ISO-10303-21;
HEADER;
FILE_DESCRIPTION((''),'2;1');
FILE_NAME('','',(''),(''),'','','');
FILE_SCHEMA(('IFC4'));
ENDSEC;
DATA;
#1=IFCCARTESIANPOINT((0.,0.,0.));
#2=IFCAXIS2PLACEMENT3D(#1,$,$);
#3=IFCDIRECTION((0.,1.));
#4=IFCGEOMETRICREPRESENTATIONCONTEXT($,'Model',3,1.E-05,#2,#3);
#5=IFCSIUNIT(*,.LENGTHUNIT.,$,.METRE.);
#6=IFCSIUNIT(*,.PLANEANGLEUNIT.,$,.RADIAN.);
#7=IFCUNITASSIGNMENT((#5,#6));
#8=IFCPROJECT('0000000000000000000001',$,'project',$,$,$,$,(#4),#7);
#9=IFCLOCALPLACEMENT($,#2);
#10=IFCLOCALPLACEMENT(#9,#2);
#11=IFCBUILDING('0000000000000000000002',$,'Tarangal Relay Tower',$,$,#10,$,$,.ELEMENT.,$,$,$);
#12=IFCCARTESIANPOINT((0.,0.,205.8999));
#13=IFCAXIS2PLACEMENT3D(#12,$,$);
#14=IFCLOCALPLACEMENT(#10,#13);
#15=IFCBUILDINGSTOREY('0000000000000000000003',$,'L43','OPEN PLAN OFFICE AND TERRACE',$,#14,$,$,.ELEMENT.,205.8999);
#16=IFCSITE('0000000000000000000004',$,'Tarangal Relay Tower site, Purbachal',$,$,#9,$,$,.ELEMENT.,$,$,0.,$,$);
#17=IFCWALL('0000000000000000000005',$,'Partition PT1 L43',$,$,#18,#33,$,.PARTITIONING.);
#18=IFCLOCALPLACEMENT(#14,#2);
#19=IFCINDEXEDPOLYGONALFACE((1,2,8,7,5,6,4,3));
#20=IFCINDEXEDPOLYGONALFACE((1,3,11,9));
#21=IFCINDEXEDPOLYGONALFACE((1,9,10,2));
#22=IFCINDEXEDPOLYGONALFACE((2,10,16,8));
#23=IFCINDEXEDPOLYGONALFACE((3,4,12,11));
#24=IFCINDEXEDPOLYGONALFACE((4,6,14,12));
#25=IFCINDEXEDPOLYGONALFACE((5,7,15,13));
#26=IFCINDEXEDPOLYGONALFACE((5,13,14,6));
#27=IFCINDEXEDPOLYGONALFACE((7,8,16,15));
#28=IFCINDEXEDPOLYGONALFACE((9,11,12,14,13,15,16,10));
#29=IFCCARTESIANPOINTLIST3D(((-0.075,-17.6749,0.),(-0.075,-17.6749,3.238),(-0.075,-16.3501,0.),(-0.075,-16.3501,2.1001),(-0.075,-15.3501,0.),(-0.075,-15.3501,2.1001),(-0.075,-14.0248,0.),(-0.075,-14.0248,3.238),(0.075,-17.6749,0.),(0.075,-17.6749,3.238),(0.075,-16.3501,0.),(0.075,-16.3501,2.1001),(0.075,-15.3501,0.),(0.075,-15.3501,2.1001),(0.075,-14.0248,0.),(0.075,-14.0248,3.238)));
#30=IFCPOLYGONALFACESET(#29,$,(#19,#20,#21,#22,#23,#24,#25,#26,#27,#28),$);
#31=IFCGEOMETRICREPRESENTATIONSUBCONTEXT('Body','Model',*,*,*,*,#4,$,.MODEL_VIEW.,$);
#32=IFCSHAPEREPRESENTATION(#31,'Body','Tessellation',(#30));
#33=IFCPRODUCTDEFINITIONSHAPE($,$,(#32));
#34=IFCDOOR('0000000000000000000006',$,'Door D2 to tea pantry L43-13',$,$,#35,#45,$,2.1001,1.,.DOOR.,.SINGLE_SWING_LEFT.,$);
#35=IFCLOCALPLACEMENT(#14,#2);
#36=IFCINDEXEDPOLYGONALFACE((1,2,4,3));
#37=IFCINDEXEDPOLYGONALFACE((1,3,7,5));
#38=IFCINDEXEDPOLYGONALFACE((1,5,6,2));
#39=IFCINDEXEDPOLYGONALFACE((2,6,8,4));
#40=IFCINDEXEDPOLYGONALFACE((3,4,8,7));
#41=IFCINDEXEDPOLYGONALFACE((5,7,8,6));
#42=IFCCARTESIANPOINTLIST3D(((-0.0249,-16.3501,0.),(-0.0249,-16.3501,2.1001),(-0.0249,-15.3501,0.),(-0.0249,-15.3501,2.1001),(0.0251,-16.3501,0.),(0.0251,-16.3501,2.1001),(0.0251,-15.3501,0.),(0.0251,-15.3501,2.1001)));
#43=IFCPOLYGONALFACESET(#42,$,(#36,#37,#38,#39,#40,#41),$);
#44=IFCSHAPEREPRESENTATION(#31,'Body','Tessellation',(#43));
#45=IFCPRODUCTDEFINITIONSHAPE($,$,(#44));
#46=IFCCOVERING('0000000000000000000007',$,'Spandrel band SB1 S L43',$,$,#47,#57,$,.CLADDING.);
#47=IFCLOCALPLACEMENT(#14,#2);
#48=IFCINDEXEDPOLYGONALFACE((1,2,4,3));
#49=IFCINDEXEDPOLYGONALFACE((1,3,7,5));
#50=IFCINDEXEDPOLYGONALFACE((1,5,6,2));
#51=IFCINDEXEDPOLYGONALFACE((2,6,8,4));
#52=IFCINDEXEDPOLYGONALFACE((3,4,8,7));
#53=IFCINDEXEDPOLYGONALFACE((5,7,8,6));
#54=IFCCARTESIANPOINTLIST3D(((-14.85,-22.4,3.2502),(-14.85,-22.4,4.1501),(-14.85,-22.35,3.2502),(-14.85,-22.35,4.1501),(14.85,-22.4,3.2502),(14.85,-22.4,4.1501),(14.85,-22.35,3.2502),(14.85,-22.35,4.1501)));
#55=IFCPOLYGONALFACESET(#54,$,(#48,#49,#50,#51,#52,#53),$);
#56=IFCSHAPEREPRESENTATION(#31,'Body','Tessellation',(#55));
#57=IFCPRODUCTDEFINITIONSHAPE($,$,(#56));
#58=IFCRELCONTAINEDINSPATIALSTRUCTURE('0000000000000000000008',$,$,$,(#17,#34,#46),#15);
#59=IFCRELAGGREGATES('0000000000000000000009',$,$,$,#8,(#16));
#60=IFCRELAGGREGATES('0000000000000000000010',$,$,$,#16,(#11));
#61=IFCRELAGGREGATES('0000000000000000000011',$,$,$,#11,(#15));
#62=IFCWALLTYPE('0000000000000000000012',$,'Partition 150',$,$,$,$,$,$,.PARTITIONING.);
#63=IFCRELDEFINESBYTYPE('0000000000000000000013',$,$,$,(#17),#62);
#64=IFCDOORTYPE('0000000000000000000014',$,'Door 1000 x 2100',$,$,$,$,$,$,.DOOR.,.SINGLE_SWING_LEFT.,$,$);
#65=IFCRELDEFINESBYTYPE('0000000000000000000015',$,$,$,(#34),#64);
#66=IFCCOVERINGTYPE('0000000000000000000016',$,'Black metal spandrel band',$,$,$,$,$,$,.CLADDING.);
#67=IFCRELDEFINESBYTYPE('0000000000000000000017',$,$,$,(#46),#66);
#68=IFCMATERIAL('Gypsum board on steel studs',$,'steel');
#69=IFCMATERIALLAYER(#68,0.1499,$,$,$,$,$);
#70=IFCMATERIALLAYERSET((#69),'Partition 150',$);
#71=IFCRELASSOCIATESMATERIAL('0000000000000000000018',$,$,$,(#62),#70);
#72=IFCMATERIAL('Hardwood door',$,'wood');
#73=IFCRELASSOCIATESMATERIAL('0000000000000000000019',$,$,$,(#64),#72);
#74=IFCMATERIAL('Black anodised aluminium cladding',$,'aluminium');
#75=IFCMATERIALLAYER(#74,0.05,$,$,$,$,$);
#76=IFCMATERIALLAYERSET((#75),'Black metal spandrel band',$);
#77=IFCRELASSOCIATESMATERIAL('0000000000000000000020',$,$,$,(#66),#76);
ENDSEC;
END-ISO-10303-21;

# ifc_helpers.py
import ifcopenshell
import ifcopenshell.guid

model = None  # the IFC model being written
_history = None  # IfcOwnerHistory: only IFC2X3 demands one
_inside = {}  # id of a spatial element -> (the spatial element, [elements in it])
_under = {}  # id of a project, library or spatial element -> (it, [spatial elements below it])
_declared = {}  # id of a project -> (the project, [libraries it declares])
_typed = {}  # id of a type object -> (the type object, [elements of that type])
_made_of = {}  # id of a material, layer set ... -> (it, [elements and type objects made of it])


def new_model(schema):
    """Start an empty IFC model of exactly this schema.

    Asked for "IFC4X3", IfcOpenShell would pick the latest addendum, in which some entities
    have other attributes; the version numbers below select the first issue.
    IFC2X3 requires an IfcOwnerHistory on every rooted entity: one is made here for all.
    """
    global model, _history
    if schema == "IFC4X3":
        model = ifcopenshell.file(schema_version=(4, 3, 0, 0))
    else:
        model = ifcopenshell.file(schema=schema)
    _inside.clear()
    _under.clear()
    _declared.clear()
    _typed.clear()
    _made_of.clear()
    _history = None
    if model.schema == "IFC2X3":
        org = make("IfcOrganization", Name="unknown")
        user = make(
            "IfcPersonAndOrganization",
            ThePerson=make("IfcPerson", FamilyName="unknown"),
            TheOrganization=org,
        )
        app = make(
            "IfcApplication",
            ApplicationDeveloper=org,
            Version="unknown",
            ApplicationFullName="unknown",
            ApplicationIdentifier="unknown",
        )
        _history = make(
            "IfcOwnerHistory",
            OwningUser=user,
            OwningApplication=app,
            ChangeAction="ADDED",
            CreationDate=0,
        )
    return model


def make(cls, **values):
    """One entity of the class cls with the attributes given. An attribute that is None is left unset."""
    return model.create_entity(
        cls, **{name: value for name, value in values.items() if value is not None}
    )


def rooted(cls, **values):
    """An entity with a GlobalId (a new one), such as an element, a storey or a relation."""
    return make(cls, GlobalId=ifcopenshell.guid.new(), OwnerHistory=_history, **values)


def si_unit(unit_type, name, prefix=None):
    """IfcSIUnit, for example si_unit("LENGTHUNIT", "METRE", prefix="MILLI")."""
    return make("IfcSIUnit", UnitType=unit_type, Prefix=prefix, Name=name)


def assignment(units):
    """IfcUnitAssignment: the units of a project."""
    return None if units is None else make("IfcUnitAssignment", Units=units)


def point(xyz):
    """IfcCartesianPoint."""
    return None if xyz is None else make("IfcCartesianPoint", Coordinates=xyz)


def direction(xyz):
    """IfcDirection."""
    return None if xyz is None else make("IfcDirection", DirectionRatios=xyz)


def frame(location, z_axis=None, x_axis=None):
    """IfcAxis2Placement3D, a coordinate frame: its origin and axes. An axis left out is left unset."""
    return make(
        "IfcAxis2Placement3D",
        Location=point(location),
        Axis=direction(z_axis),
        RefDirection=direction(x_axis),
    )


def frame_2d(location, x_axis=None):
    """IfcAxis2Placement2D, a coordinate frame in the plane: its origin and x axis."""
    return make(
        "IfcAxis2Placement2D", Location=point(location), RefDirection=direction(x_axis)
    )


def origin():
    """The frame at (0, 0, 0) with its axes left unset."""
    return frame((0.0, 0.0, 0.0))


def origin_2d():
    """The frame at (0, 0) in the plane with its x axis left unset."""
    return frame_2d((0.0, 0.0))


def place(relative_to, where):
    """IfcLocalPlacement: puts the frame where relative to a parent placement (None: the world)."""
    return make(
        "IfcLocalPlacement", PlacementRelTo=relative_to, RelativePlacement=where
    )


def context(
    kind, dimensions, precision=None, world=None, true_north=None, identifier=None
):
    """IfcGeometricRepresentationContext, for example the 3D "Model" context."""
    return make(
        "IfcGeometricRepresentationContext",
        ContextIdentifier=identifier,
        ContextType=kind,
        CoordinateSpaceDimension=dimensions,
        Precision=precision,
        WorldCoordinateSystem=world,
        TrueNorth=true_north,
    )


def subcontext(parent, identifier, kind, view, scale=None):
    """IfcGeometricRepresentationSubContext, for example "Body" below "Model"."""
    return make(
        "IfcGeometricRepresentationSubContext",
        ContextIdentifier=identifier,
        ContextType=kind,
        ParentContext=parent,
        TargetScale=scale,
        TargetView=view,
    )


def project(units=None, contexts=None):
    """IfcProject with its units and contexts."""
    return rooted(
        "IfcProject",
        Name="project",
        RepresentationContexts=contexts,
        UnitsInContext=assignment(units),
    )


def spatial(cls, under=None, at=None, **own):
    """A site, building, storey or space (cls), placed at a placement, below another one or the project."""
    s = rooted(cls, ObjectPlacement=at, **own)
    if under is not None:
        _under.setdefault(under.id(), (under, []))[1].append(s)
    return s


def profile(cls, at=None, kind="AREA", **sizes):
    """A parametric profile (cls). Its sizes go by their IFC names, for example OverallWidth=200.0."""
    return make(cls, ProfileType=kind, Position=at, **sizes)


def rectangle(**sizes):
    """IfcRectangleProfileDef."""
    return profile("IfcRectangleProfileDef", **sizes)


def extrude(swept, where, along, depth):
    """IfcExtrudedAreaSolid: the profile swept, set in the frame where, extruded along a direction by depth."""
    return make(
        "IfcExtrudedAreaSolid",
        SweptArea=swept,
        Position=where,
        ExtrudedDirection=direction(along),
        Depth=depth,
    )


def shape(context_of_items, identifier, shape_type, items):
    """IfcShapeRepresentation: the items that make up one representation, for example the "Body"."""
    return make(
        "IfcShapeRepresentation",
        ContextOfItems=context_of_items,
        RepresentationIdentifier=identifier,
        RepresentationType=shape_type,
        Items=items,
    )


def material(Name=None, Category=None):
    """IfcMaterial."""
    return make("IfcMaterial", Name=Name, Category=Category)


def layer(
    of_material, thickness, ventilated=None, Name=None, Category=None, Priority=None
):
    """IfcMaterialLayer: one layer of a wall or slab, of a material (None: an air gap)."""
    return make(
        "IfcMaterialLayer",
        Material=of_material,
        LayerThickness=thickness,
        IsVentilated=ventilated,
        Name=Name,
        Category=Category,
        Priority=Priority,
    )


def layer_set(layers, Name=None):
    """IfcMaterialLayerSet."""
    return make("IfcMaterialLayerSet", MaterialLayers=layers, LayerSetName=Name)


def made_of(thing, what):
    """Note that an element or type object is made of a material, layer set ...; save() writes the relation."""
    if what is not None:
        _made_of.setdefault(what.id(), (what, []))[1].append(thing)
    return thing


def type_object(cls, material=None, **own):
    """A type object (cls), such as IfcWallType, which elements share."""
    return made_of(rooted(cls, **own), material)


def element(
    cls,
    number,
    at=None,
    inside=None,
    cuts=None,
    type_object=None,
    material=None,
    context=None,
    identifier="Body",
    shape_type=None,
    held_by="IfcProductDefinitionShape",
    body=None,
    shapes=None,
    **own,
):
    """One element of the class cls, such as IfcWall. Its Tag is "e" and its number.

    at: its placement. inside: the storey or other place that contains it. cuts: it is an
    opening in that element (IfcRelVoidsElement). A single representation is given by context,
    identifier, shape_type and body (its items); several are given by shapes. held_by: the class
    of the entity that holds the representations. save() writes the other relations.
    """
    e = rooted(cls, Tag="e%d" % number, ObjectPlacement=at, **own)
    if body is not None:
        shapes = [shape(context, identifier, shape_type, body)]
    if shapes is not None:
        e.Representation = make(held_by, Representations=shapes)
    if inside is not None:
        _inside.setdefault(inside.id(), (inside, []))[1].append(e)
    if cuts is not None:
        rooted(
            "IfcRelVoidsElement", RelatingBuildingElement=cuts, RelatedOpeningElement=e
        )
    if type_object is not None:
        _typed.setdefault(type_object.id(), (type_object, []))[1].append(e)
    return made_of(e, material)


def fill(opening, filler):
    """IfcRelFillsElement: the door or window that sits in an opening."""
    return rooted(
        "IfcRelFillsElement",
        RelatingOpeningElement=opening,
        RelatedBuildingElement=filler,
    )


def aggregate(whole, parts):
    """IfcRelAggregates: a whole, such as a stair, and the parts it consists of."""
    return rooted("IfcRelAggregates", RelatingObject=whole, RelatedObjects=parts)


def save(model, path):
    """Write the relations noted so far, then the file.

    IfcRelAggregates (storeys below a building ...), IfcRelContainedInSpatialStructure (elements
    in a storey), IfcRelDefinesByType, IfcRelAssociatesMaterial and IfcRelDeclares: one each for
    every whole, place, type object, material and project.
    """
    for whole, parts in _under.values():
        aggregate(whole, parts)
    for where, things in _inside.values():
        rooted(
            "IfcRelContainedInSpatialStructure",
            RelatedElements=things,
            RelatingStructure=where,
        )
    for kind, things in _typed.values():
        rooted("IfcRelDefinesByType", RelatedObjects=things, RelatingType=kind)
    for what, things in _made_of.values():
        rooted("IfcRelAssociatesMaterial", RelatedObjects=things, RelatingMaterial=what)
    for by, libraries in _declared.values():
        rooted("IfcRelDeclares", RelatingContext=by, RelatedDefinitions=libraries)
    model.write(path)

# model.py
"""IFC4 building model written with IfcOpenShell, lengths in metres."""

from ifc_helpers import new_model, si_unit, direction, frame, frame_2d, origin, origin_2d, place, context, subcontext, project, spatial, rectangle, extrude, material, layer, layer_set, type_object, element, fill, save


model = new_model("IFC4")

# Units and contexts
model_context = context("Model", 3, precision=1e-05, world=origin(), true_north=direction((0.0, 1.0)))
body_context = subcontext(model_context, "Body", "Model", "MODEL_VIEW")
ifc_project = project(units=[si_unit("LENGTHUNIT", "METRE"), si_unit("PLANEANGLEUNIT", "RADIAN")], contexts=[model_context])

# Site, building, storey
site_placement = place(None, origin())
site = spatial("IfcSite", under=ifc_project, at=site_placement, Name="Tarangal Relay Tower site, Purbachal", CompositionType="ELEMENT", RefElevation=0.0)
building_placement = place(site_placement, origin())
building = spatial("IfcBuilding", under=site, at=building_placement, Name="Tarangal Relay Tower", CompositionType="ELEMENT")
storey_placement = place(building_placement, frame((0.0, 0.0, 205.8999)))
storey = spatial("IfcBuildingStorey", under=building, at=storey_placement, Name="L43", Description="OPEN PLAN OFFICE AND TERRACE", CompositionType="ELEMENT", Elevation=205.8999)

# Shared definitions
ifc_material_1 = material(Name="Gypsum board on steel studs", Category="steel")
ifc_layer_1 = layer(ifc_material_1, 0.1499)
ifc_layer_set_1 = layer_set([ifc_layer_1], Name="Partition 150")
wall_type_1 = type_object("IfcWallType", Name="Partition 150", PredefinedType="PARTITIONING", material=ifc_layer_set_1)

# Shared definitions
ifc_material_2 = material(Name="Hardwood door", Category="wood")
door_type = type_object("IfcDoorType", Name="Door 1000 x 2100", OperationType="SINGLE_SWING_LEFT", PredefinedType="DOOR", material=ifc_material_2)

# Wall, opening, door
wall_1_placement = place(storey_placement, frame((0.0, -17.675, 0.0), z_axis=(0.0, 0.0, 1.0), x_axis=(0.0, 1.0, 0.0)))
wall_1 = element("IfcWall", 1, at=wall_1_placement, inside=storey, type_object=wall_type_1, Name="Partition PT1 L43", PredefinedType="PARTITIONING", context=body_context, shape_type="SweptSolid", body=[
    extrude(rectangle(XDim=3.6501, YDim=0.1499, at=frame_2d((1.8252, 0.0))), origin(), (0.0, 0.0, 1.0), 3.238),
])
opening_1_placement = place(wall_1_placement, frame((1.325, 0.0, 0.0)))
opening_1 = element("IfcOpeningElement", 2, at=opening_1_placement, cuts=wall_1, PredefinedType="OPENING", context=body_context, shape_type="SweptSolid", body=[
    extrude(rectangle(XDim=1.0, YDim=2.1001, at=frame_2d((0.5, 1.05))), frame((0.0, 0.085, 0.0), z_axis=(0.0, -1.0, 0.0), x_axis=(1.0, 0.0, 0.0)), (0.0, 0.0, 1.0), 0.1699),
])
door_1_placement = place(opening_1_placement, origin())
door_1 = element("IfcDoor", 3, at=door_1_placement, inside=storey, type_object=door_type, Name="Door D2 to tea pantry L43-13", OperationType="SINGLE_SWING_LEFT", OverallHeight=2.1001, OverallWidth=1.0, PredefinedType="DOOR", context=body_context, shape_type="SweptSolid", body=[
    extrude(rectangle(XDim=1.0, YDim=2.1001, at=frame_2d((0.5, 1.05))), frame((0.0, 0.0249, 0.0), z_axis=(0.0, -1.0, 0.0), x_axis=(1.0, 0.0, 0.0)), (0.0, 0.0, 1.0), 0.05),
])
fill(opening_1, door_1)

# Covering
ifc_material_3 = material(Name="Black anodised aluminium cladding", Category="aluminium")
ifc_layer_2 = layer(ifc_material_3, 0.05)
ifc_layer_set_2 = layer_set([ifc_layer_2], Name="Black metal spandrel band")
covering_type = type_object("IfcCoveringType", Name="Black metal spandrel band", PredefinedType="CLADDING", material=ifc_layer_set_2)
covering_placement = place(storey_placement, frame((0.0, -22.375, 3.2502), z_axis=(0.0, 0.0, 1.0), x_axis=(-1.0, 0.0, 0.0)))
element("IfcCovering", 4, at=covering_placement, inside=storey, type_object=covering_type, Name="Spandrel band SB1 S L43", PredefinedType="CLADDING", context=body_context, shape_type="SweptSolid", body=[
    extrude(rectangle(XDim=29.7, YDim=0.05, at=origin_2d()), origin(), (0.0, 0.0, 1.0), 0.8999),
])

save(model, "model.ifc")
